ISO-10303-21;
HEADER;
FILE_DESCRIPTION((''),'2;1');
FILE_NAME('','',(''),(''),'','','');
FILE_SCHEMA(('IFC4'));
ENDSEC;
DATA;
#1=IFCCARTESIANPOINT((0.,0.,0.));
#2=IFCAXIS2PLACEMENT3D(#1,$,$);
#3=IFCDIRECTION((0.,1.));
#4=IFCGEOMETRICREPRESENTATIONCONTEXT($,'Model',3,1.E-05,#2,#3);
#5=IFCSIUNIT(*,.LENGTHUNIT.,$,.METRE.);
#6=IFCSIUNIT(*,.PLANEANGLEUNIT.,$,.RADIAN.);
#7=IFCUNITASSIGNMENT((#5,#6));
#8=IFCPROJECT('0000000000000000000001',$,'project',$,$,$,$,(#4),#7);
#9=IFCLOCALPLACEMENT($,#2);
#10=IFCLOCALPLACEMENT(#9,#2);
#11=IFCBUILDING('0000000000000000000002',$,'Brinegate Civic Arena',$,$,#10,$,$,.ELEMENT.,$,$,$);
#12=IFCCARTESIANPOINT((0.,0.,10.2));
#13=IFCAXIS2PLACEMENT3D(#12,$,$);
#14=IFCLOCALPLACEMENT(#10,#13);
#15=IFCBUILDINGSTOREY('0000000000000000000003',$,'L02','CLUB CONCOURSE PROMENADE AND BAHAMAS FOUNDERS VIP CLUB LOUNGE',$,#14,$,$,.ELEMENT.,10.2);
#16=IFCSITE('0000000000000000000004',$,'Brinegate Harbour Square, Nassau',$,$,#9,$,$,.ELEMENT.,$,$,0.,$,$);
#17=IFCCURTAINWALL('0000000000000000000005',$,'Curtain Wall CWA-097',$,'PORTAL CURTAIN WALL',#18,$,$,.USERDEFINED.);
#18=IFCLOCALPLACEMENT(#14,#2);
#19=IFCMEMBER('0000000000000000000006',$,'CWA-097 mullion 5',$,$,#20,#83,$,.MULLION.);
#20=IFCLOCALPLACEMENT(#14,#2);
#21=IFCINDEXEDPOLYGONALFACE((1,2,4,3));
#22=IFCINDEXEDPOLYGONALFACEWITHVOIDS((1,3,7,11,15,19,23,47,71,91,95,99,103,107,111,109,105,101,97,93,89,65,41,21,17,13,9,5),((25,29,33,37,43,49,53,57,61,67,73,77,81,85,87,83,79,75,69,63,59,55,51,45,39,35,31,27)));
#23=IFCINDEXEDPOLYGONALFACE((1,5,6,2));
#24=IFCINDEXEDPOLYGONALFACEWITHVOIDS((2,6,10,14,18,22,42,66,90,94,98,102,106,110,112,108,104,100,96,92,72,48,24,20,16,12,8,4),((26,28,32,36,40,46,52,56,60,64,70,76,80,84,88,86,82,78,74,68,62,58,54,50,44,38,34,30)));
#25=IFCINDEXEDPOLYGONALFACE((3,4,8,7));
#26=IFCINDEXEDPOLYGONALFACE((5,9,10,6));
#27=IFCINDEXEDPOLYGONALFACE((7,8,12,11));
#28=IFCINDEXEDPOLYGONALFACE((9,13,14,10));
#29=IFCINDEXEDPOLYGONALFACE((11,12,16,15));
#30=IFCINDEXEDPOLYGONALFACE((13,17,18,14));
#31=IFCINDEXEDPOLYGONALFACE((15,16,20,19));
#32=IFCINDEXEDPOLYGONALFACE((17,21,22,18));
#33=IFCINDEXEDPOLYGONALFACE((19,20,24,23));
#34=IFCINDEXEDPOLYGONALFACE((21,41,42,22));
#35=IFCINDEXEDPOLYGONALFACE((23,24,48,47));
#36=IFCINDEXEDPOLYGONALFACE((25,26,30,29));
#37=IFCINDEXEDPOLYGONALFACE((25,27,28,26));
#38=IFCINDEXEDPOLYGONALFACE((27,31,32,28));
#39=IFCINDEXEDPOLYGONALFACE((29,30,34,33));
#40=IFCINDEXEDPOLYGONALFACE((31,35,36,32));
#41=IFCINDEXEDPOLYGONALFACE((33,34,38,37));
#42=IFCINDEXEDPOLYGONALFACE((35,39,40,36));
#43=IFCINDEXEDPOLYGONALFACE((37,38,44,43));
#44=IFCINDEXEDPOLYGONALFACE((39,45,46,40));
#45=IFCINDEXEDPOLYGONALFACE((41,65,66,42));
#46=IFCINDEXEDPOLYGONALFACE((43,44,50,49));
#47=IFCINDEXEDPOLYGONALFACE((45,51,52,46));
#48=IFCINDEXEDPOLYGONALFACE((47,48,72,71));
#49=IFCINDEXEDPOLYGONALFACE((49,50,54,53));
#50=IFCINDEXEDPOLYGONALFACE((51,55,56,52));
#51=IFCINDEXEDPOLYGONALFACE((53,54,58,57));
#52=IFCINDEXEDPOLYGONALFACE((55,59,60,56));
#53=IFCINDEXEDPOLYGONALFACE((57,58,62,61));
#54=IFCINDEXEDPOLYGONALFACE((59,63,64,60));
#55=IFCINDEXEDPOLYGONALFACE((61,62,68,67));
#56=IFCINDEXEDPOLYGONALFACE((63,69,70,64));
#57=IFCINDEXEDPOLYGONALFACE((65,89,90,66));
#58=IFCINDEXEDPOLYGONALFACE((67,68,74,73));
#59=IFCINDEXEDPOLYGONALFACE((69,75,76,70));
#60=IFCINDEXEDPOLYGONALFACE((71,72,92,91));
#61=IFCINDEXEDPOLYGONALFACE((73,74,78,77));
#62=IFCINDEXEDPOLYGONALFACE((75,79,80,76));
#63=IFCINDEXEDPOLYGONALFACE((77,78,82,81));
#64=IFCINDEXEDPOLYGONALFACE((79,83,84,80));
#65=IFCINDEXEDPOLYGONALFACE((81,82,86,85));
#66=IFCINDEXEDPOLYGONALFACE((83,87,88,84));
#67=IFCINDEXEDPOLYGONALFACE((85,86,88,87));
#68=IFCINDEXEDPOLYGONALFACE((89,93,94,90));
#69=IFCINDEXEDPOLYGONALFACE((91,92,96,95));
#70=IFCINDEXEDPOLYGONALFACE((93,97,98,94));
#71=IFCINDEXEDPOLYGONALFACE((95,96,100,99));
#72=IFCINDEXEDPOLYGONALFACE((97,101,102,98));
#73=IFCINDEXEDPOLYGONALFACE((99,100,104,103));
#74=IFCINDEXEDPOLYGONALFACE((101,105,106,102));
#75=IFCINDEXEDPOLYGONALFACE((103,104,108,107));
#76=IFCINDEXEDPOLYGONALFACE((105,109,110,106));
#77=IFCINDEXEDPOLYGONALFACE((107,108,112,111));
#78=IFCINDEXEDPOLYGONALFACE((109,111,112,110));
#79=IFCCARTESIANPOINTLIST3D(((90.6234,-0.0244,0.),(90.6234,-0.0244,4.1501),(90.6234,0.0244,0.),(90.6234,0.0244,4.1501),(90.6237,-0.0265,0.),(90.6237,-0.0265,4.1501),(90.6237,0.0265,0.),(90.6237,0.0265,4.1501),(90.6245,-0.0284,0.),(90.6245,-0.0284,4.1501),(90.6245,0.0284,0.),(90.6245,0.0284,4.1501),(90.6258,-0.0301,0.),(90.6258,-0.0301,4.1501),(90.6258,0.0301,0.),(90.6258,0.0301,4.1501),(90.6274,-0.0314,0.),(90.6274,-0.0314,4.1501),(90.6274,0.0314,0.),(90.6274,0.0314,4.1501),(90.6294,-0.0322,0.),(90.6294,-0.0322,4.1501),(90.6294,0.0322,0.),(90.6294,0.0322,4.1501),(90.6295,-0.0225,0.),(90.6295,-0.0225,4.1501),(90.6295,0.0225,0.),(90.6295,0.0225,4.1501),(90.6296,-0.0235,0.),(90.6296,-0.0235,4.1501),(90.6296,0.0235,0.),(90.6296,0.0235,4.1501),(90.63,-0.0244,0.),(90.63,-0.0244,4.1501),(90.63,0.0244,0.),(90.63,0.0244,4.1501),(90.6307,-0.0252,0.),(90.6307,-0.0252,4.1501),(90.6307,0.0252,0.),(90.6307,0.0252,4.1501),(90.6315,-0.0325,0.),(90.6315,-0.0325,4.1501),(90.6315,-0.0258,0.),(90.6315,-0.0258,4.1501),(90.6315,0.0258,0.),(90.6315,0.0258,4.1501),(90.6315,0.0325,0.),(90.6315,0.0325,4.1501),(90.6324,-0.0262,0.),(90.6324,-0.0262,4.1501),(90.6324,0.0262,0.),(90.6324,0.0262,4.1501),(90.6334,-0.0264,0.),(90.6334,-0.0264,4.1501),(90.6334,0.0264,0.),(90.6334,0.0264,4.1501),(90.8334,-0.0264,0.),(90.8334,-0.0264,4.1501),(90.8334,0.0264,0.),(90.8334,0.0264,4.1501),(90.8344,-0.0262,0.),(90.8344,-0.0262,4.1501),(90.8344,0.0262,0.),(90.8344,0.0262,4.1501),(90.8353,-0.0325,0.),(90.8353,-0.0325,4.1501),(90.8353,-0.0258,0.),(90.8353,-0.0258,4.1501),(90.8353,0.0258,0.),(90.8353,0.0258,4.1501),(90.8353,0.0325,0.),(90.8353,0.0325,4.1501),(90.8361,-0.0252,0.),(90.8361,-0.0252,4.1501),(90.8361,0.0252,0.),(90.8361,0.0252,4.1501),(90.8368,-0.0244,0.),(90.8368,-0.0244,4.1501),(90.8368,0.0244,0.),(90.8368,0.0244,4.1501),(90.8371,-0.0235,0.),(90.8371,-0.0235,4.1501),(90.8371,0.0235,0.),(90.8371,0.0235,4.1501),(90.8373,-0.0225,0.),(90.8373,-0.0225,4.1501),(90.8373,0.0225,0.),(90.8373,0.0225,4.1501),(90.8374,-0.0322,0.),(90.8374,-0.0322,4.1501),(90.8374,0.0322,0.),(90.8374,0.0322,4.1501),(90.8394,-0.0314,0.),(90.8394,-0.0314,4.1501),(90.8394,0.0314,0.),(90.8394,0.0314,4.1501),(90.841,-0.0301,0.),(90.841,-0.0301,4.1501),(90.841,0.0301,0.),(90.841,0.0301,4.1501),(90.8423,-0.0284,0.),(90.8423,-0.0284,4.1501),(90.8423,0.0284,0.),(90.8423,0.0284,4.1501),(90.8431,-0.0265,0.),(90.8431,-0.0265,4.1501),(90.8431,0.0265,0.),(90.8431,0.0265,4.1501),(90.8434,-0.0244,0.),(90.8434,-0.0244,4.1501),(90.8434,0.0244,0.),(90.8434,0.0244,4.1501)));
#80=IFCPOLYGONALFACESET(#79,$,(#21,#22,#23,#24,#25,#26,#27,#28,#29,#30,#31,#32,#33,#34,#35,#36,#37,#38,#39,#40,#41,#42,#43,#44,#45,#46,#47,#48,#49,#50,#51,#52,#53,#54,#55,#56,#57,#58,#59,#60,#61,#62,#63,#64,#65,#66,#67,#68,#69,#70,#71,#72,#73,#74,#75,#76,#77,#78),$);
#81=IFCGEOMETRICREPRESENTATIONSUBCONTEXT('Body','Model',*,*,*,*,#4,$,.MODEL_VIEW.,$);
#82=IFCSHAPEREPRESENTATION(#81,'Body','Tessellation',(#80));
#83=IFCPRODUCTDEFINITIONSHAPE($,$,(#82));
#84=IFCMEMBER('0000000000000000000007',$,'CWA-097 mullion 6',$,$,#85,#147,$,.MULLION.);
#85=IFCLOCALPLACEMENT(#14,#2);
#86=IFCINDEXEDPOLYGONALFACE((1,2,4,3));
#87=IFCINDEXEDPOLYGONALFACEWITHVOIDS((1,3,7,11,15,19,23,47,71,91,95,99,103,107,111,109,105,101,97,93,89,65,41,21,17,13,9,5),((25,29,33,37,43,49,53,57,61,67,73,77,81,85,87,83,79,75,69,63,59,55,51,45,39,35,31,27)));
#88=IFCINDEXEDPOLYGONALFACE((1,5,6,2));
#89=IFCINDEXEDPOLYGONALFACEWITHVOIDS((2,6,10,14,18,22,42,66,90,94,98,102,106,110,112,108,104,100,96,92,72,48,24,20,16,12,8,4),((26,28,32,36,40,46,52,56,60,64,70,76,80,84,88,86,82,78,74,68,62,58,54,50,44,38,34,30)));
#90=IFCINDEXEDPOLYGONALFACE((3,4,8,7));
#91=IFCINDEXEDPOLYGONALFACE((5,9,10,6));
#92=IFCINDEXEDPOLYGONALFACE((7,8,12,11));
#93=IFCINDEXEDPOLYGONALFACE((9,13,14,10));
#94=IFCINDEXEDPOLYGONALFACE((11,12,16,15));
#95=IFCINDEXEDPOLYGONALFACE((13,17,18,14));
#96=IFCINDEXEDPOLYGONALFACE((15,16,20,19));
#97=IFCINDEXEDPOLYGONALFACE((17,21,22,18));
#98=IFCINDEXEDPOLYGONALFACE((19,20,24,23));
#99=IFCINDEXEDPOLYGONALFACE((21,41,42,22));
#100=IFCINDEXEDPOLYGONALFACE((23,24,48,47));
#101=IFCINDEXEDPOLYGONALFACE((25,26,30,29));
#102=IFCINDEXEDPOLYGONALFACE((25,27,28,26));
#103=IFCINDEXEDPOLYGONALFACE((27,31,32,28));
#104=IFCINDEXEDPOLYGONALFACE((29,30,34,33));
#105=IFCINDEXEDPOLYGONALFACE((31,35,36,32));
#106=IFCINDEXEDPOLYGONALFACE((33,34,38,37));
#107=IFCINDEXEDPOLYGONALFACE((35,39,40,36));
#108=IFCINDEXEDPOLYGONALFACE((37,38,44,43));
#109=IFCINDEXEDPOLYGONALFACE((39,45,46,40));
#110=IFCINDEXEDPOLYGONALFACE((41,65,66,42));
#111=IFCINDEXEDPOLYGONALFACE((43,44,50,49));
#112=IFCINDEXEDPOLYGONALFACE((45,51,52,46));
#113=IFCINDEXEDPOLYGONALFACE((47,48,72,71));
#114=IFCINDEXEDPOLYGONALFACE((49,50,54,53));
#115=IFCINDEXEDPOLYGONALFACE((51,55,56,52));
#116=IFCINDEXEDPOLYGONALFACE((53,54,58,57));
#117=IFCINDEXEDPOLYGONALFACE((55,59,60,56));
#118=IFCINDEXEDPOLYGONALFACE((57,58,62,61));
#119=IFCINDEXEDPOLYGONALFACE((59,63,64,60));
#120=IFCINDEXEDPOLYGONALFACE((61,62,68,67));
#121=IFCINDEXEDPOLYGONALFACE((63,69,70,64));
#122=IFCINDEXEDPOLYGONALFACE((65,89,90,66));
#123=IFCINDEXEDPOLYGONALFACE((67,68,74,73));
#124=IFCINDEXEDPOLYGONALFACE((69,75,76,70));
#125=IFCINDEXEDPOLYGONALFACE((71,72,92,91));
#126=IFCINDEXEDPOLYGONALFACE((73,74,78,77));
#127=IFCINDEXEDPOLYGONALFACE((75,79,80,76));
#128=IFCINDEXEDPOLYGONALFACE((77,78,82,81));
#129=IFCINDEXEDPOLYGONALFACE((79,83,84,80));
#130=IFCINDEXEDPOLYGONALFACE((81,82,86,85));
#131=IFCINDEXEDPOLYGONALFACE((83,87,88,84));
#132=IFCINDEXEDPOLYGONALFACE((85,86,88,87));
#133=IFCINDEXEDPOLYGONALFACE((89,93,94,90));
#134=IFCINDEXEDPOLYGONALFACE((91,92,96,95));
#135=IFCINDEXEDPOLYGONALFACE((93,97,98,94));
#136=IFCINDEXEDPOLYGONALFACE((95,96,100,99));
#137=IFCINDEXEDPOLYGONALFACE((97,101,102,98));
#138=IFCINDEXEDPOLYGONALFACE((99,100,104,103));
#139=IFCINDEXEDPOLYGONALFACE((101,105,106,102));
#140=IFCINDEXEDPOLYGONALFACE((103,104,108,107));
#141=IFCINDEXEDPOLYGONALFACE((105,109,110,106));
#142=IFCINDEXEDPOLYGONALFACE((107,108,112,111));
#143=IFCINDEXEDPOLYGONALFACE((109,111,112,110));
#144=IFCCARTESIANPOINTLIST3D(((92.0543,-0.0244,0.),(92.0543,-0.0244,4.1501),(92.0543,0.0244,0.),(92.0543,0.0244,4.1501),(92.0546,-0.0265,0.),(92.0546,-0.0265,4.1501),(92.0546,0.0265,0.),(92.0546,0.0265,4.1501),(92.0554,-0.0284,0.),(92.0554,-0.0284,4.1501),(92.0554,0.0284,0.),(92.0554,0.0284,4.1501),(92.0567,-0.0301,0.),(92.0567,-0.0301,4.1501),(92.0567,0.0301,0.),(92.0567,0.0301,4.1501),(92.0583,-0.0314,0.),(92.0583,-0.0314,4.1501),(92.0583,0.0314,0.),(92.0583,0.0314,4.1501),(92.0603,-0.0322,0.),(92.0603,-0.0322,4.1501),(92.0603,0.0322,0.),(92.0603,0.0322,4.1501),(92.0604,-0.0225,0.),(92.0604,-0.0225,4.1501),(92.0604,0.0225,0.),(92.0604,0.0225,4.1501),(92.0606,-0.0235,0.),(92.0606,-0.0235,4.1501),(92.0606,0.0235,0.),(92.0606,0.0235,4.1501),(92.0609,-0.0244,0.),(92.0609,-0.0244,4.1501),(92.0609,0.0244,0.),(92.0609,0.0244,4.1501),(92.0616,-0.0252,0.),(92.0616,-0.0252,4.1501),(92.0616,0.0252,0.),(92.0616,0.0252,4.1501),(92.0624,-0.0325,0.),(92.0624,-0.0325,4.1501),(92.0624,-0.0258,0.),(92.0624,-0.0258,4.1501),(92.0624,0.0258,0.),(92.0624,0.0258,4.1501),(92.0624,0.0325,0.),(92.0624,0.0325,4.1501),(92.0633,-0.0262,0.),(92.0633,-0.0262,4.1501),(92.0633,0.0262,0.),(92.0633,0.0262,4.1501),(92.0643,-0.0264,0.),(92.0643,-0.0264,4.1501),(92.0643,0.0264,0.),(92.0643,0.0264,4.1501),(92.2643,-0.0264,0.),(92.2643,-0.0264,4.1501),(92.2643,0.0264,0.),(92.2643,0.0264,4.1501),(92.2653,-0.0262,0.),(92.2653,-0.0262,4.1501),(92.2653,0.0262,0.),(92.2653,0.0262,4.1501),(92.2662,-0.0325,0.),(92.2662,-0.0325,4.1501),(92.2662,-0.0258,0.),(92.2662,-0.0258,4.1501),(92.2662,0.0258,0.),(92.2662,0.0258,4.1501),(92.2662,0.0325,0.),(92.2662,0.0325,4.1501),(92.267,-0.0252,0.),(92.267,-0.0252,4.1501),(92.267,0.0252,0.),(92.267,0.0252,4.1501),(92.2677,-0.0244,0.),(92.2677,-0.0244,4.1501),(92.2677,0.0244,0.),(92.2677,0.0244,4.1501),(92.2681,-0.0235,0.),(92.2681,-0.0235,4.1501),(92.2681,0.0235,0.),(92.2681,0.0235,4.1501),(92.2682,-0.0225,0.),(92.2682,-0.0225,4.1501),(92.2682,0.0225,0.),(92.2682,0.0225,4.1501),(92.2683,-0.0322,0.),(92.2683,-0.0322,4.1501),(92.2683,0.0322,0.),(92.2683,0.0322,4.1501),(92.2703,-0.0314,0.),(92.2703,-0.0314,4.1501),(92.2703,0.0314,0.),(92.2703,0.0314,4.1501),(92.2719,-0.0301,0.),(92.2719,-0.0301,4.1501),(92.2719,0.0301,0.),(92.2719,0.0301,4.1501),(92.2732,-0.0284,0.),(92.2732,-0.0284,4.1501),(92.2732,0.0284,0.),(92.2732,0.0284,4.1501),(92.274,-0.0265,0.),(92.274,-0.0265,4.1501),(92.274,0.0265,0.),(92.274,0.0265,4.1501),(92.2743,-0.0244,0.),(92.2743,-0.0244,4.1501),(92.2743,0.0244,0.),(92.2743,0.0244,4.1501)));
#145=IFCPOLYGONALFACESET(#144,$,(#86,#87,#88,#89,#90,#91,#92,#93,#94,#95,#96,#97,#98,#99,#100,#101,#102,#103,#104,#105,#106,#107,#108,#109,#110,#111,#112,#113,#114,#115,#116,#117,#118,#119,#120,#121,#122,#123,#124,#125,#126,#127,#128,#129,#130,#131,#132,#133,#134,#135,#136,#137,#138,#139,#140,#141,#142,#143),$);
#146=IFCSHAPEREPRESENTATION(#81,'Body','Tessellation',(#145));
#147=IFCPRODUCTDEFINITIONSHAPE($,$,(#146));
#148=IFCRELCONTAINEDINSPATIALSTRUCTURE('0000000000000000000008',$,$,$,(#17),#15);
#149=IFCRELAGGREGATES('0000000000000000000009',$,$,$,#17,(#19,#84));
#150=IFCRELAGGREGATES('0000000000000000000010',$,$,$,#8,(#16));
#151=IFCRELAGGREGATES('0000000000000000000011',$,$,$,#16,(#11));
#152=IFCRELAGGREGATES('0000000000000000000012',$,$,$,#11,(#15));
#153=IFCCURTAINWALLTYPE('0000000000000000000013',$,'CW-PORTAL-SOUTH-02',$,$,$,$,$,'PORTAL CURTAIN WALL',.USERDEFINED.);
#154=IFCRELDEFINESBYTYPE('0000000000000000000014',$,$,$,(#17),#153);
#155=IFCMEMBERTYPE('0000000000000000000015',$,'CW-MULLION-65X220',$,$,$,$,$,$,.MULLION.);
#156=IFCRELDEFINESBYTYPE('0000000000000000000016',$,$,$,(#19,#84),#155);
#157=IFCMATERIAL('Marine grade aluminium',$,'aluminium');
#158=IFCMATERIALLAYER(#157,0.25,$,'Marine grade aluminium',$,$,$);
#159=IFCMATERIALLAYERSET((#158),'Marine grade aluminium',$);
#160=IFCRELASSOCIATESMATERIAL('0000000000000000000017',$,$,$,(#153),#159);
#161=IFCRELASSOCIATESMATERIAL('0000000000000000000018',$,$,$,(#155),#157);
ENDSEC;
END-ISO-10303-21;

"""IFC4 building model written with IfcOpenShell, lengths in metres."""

from ifc_helpers import new_model, si_unit, direction, frame, origin, origin_2d, place, context, subcontext, project, spatial, hollow_rectangle, extrude, material, layer, layer_set, material_profile, profile_set, type_object, element, aggregate, save


model = new_model("IFC4")

# Units and contexts
model_context = context("Model", 3, precision=1e-05, world=origin(), true_north=direction((0.0, 1.0)))
body_context = subcontext(model_context, "Body", "Model", "MODEL_VIEW")
ifc_project = project(units=[si_unit("LENGTHUNIT", "METRE"), si_unit("PLANEANGLEUNIT", "RADIAN")], contexts=[model_context])

# Site, building, storey
site_placement = place(None, origin())
site = spatial("IfcSite", under=ifc_project, at=site_placement, Name="Brinegate Harbour Square, Nassau", CompositionType="ELEMENT", RefElevation=0.0)
building_placement = place(site_placement, origin())
building = spatial("IfcBuilding", under=site, at=building_placement, Name="Brinegate Civic Arena", CompositionType="ELEMENT")
storey_placement = place(building_placement, frame((0.0, 0.0, 10.2)))
storey = spatial("IfcBuildingStorey", under=building, at=storey_placement, Name="L02", Description="CLUB CONCOURSE PROMENADE AND BAHAMAS FOUNDERS VIP CLUB LOUNGE", CompositionType="ELEMENT", Elevation=10.2)

# Curtain wall, members
ifc_material_1 = material(Name="Marine grade aluminium", Category="aluminium")
ifc_layer_1 = layer(ifc_material_1, 0.25, Name="Marine grade aluminium")
ifc_layer_set_1 = layer_set([ifc_layer_1], Name="Marine grade aluminium")
curtain_wall_type = type_object("IfcCurtainWallType", Name="CW-PORTAL-SOUTH-02", ElementType="PORTAL CURTAIN WALL", PredefinedType="USERDEFINED", material=ifc_layer_set_1)
curtain_wall_placement = place(storey_placement, origin())
curtain_wall = element("IfcCurtainWall", 1, at=curtain_wall_placement, inside=storey, type_object=curtain_wall_type, Name="Curtain Wall CWA-097", ObjectType="PORTAL CURTAIN WALL", PredefinedType="USERDEFINED")
ifc_material_profile_1 = material_profile(ifc_material_1, hollow_rectangle(XDim=0.0649, YDim=0.22, WallThickness=0.0061, InnerFilletRadius=0.0039, OuterFilletRadius=0.0081, at=origin_2d()), Name="MUL65X220")
ifc_profile_set_1 = profile_set([ifc_material_profile_1], Name="Marine grade aluminium")
member_type_1 = type_object("IfcMemberType", Name="CW-MULLION-65X220", PredefinedType="MULLION", material=ifc_profile_set_1)
member_1_placement = place(storey_placement, frame((90.7334, 0.0, 0.0), z_axis=(0.0, 0.0, 1.0), x_axis=(0.0, 1.0, 0.0)))
member_1 = element("IfcMember", 2, at=member_1_placement, type_object=member_type_1, Name="CWA-097 mullion 5", PredefinedType="MULLION", context=body_context, shape_type="SweptSolid", body=[
    extrude(hollow_rectangle(XDim=0.0649, YDim=0.22, WallThickness=0.0061, InnerFilletRadius=0.0039, OuterFilletRadius=0.0081, at=origin_2d()), origin(), (0.0, 0.0, 1.0), 4.1501),
])
member_2_placement = place(storey_placement, frame((92.1643, 0.0, 0.0), z_axis=(0.0, 0.0, 1.0), x_axis=(0.0, 1.0, 0.0)))
member_2 = element("IfcMember", 3, at=member_2_placement, type_object=member_type_1, Name="CWA-097 mullion 6", PredefinedType="MULLION", context=body_context, shape_type="SweptSolid", body=[
    extrude(hollow_rectangle(XDim=0.0649, YDim=0.22, WallThickness=0.0061, InnerFilletRadius=0.0039, OuterFilletRadius=0.0081, at=origin_2d()), origin(), (0.0, 0.0, 1.0), 4.1501),
])
aggregate(curtain_wall, [member_1, member_2])

save(model, "model.ifc")
